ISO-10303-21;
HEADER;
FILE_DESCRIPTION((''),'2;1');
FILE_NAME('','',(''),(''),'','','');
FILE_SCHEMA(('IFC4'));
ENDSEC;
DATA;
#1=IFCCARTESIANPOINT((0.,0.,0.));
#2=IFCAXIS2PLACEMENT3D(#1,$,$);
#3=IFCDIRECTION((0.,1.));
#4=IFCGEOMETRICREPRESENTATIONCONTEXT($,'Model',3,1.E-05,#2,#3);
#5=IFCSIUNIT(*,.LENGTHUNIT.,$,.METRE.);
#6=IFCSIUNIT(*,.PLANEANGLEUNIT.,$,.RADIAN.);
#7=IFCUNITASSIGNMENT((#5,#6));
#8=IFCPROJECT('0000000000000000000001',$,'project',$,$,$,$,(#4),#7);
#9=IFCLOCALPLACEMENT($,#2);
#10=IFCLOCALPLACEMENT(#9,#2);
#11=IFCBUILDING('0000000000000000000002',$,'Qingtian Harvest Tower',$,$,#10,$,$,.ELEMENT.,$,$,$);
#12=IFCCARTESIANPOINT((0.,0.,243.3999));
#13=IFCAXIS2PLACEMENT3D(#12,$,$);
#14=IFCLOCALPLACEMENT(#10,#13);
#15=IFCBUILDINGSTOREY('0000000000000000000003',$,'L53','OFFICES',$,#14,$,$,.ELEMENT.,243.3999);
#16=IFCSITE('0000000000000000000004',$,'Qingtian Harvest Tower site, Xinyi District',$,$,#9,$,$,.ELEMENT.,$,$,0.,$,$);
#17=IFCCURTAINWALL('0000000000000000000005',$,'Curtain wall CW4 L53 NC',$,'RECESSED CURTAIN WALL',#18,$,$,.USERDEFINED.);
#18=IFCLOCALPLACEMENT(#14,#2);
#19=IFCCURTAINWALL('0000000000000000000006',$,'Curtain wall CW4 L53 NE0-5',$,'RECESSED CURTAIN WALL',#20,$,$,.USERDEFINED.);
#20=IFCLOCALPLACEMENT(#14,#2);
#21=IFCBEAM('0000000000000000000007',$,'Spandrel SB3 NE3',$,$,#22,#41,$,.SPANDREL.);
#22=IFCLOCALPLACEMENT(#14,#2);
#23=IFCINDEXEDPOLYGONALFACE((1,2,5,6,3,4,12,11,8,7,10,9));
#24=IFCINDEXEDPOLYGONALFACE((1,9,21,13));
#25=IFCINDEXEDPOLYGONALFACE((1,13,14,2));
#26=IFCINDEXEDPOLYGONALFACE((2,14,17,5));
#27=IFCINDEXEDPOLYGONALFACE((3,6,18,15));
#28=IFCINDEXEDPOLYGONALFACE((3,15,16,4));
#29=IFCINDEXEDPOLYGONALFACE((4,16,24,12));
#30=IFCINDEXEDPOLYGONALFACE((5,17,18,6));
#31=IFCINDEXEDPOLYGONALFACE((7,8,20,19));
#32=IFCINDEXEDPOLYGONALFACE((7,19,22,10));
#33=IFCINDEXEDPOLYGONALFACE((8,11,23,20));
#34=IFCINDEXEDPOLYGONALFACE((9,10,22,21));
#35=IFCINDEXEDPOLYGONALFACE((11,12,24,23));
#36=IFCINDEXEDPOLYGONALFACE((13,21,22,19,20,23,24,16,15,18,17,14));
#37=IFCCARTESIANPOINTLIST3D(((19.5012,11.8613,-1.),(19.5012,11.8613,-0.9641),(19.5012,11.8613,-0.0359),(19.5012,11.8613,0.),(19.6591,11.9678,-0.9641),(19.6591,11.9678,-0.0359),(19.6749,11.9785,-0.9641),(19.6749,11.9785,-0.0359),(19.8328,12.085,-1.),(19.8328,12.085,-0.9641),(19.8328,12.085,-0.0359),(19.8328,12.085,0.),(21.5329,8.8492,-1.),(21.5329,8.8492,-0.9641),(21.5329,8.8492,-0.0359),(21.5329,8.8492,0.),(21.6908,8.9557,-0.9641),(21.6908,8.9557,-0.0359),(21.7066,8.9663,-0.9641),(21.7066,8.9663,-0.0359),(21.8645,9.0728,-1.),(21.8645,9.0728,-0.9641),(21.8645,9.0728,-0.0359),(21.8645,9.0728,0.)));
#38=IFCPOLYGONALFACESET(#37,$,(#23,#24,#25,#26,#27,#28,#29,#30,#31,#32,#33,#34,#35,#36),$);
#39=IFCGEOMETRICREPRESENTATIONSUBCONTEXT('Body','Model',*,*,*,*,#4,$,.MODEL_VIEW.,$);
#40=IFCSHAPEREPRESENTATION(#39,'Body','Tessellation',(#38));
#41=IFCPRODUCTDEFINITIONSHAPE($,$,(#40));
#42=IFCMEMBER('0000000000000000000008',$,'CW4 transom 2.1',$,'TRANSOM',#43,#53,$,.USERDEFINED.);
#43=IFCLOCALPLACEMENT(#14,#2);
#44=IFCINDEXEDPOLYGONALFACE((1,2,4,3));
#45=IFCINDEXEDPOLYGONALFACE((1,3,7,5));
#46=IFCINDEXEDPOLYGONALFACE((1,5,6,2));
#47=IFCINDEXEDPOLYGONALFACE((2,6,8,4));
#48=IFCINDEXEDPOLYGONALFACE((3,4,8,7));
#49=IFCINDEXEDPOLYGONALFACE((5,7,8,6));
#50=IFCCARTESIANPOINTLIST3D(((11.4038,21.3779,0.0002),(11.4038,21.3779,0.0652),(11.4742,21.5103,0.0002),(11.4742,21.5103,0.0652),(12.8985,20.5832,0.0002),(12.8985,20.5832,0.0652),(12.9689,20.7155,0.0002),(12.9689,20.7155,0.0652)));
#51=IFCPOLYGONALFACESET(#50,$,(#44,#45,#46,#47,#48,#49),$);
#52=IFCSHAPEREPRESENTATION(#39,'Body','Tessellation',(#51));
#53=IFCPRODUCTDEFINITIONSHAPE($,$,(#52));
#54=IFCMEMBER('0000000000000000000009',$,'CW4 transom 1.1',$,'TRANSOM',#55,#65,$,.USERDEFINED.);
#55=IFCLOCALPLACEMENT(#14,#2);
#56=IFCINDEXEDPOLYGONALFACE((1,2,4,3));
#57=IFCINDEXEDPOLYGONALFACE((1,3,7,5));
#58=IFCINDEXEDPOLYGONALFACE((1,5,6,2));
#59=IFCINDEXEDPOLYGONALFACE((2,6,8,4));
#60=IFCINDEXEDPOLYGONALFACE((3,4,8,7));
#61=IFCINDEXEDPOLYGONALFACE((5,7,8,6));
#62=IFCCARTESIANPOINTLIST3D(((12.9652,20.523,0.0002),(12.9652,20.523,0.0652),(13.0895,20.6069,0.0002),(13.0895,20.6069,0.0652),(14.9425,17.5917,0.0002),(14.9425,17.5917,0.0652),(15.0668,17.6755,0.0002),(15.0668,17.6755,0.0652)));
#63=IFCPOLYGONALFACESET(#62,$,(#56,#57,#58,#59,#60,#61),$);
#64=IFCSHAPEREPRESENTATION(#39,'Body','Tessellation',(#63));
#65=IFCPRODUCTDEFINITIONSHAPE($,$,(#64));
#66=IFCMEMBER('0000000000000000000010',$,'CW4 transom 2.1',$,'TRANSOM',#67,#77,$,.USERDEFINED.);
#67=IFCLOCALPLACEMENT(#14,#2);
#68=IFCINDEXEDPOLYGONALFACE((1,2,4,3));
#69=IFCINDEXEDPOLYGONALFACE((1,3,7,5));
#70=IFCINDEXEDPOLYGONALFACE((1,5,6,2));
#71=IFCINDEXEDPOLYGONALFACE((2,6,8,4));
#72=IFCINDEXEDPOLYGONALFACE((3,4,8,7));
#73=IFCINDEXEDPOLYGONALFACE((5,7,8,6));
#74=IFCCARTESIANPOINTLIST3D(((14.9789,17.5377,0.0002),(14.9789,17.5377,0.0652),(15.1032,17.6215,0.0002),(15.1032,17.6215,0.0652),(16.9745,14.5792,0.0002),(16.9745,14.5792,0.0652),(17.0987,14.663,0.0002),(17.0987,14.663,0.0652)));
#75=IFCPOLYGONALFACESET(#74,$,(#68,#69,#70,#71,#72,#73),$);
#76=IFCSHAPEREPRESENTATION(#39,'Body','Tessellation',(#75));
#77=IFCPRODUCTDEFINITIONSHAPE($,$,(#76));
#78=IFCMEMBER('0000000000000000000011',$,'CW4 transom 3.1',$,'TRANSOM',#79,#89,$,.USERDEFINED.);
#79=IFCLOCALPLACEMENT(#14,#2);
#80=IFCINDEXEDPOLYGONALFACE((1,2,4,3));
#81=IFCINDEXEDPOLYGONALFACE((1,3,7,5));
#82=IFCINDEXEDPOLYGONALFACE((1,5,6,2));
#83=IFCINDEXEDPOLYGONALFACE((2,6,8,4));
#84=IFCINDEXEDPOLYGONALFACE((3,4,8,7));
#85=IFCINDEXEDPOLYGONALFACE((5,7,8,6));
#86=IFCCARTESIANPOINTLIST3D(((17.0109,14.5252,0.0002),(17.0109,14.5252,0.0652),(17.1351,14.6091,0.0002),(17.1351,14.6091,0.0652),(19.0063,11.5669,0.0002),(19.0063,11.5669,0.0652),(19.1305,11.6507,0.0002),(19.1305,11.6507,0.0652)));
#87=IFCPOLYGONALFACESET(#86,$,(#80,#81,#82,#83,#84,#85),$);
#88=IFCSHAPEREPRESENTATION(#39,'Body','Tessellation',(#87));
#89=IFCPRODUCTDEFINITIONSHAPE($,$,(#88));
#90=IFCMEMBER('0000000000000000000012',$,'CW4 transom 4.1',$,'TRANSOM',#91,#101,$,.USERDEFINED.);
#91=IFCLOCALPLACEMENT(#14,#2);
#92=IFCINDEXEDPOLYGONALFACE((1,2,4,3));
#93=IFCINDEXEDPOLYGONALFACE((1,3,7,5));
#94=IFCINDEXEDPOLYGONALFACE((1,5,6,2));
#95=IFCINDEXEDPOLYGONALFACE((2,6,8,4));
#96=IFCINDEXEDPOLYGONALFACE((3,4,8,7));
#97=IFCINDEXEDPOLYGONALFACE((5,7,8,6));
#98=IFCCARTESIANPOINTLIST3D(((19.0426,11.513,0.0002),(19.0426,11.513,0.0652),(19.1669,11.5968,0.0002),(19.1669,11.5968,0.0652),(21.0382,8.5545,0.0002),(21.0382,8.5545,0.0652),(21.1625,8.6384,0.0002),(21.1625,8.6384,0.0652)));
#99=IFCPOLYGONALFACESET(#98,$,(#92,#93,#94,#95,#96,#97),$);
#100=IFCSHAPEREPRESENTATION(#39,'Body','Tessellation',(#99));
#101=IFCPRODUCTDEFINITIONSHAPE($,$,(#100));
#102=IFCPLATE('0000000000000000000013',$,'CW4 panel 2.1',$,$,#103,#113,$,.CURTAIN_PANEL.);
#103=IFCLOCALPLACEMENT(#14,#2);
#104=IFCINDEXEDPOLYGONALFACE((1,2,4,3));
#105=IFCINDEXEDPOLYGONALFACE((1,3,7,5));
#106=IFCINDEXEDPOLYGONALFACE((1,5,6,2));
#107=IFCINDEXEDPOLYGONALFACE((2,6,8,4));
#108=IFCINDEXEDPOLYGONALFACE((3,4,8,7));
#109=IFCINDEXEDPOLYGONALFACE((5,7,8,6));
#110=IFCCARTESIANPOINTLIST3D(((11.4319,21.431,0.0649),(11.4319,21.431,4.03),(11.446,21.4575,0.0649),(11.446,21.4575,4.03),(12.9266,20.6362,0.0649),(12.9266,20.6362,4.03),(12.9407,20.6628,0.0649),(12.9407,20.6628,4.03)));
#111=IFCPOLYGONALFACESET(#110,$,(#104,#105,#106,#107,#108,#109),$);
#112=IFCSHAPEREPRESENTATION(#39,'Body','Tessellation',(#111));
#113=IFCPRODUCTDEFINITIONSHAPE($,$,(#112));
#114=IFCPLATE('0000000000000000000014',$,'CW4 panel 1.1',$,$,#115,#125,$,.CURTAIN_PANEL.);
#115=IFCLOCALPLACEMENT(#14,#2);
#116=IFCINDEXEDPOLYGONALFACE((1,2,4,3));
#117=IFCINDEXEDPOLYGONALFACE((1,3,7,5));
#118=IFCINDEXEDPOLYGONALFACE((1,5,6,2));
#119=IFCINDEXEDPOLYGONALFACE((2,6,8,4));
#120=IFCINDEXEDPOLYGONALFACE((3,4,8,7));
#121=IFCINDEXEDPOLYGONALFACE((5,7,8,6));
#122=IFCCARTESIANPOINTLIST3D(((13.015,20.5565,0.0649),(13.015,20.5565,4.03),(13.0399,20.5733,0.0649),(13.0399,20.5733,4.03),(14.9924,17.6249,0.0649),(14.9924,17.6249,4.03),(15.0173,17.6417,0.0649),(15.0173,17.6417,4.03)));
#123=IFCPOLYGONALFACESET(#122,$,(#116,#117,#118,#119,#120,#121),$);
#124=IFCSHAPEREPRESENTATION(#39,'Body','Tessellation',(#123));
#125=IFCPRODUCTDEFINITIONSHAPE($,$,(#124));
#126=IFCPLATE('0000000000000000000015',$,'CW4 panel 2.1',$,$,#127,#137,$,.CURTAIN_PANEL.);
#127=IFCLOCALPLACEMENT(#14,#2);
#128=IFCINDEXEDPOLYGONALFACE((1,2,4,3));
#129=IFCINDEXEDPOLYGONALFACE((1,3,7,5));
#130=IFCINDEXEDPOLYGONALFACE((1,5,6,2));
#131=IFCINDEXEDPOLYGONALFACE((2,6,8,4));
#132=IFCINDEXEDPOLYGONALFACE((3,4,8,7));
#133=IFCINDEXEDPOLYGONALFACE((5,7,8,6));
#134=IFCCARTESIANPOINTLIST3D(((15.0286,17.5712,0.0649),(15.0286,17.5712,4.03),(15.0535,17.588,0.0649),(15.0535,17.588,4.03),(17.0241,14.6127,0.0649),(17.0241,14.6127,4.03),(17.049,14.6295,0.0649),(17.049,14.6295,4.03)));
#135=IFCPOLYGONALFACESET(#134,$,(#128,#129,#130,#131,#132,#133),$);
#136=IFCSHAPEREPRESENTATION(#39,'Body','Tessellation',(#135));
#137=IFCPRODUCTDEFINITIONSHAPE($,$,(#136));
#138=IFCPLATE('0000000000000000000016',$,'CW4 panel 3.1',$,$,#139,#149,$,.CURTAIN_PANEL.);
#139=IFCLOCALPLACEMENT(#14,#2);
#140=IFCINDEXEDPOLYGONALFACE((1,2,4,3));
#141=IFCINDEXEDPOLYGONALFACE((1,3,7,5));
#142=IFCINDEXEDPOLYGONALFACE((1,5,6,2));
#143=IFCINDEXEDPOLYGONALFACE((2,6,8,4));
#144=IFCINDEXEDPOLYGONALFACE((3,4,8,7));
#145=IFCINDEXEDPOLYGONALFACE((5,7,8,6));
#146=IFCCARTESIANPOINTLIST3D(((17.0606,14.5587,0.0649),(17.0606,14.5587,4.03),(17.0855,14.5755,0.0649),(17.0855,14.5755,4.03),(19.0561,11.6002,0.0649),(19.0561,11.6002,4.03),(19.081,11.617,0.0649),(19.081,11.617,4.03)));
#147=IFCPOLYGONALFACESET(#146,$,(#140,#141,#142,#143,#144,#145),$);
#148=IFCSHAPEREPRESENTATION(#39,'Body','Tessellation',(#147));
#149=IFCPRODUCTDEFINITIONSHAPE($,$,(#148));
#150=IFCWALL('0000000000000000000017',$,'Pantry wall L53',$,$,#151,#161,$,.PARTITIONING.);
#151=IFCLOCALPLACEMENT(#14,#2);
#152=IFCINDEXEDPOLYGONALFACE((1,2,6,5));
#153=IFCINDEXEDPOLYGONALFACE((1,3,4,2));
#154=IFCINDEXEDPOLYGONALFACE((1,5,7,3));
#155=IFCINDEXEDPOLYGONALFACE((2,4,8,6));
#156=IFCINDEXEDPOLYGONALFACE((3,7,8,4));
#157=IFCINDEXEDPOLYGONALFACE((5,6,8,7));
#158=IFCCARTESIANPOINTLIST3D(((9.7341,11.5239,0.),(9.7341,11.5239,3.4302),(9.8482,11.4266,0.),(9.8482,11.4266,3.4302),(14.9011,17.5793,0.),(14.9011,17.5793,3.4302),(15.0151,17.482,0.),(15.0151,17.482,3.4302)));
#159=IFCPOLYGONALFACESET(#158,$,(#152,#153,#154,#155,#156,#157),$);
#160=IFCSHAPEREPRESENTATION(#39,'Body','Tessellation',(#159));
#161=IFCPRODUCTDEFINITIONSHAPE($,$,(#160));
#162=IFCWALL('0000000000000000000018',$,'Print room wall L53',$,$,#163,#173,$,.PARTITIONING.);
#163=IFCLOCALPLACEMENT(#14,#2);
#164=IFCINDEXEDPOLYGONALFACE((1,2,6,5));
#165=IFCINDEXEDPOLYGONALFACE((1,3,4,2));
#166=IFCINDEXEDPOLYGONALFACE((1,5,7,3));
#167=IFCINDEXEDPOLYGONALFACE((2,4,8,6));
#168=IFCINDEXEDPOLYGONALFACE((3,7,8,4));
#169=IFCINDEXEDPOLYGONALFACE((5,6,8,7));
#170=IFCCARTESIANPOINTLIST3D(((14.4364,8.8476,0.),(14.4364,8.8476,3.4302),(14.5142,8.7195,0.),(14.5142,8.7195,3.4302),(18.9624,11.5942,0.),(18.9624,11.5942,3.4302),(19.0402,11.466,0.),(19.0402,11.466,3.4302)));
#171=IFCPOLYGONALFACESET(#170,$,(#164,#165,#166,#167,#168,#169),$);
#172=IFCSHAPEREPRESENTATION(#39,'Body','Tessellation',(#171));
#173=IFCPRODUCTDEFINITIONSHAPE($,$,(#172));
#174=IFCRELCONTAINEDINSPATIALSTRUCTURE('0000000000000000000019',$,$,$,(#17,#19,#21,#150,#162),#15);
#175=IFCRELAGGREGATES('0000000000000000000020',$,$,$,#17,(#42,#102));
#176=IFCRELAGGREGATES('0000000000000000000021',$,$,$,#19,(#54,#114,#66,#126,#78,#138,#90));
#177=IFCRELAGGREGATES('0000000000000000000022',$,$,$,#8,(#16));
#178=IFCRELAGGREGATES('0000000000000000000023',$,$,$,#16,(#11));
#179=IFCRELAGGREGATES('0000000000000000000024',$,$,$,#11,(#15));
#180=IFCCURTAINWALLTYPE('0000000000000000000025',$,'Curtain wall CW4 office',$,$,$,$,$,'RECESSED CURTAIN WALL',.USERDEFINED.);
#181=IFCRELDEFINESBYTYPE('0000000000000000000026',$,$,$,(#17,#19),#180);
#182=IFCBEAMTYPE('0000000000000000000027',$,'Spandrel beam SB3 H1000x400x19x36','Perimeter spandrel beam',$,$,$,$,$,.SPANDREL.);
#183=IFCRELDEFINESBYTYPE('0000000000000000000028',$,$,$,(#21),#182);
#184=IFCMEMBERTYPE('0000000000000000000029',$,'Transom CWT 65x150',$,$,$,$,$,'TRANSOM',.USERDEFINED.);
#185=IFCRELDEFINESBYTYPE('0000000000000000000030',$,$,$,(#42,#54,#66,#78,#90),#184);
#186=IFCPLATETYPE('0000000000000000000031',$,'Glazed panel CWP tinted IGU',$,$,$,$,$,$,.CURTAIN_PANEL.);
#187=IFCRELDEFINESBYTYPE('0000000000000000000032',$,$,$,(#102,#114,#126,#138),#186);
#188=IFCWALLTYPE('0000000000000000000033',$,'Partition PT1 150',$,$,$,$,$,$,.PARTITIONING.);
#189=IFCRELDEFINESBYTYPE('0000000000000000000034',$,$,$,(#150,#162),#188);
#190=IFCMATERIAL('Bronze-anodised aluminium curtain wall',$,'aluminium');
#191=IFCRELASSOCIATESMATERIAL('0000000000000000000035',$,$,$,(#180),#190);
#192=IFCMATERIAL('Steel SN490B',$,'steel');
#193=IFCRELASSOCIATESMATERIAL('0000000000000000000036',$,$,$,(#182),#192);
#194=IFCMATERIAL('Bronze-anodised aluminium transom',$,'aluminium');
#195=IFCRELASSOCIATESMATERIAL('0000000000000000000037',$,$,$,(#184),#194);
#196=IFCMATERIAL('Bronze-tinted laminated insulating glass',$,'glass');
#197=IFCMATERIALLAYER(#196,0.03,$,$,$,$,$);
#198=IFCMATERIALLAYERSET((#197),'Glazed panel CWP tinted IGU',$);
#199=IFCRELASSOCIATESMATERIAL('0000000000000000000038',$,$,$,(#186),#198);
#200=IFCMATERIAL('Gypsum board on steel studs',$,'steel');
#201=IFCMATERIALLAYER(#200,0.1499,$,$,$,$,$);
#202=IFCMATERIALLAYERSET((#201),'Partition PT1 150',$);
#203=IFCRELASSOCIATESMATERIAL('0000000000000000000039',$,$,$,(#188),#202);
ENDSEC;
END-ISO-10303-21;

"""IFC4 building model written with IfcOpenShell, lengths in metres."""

from ifc_helpers import new_model, si_unit, direction, frame, frame_2d, origin, origin_2d, place, context, subcontext, project, spatial, rectangle, i_section, extrude, material, layer, layer_set, material_profile, profile_set, type_object, element, aggregate, save


model = new_model("IFC4")

# Units and contexts
model_context = context("Model", 3, precision=1e-05, world=origin(), true_north=direction((0.0, 1.0)))
body_context = subcontext(model_context, "Body", "Model", "MODEL_VIEW")
ifc_project = project(units=[si_unit("LENGTHUNIT", "METRE"), si_unit("PLANEANGLEUNIT", "RADIAN")], contexts=[model_context])

# Site, building, storey
site_placement = place(None, origin())
site = spatial("IfcSite", under=ifc_project, at=site_placement, Name="Qingtian Harvest Tower site, Xinyi District", CompositionType="ELEMENT", RefElevation=0.0)
building_placement = place(site_placement, origin())
building = spatial("IfcBuilding", under=site, at=building_placement, Name="Qingtian Harvest Tower", CompositionType="ELEMENT")
storey_placement = place(building_placement, frame((0.0, 0.0, 243.3999)))
storey = spatial("IfcBuildingStorey", under=building, at=storey_placement, Name="L53", Description="OFFICES", CompositionType="ELEMENT", Elevation=243.3999)

# Curtain wall
ifc_material_1 = material(Name="Bronze-anodised aluminium curtain wall", Category="aluminium")
curtain_wall_type = type_object("IfcCurtainWallType", Name="Curtain wall CW4 office", ElementType="RECESSED CURTAIN WALL", PredefinedType="USERDEFINED", material=ifc_material_1)
curtain_wall_1_placement = place(storey_placement, origin())
curtain_wall_1 = element("IfcCurtainWall", 1, at=curtain_wall_1_placement, inside=storey, type_object=curtain_wall_type, Name="Curtain wall CW4 L53 NC", ObjectType="RECESSED CURTAIN WALL", PredefinedType="USERDEFINED")

# Curtain wall
curtain_wall_2_placement = place(storey_placement, origin())
curtain_wall_2 = element("IfcCurtainWall", 2, at=curtain_wall_2_placement, inside=storey, type_object=curtain_wall_type, Name="Curtain wall CW4 L53 NE0-5", ObjectType="RECESSED CURTAIN WALL", PredefinedType="USERDEFINED")

# Beam
ifc_material_2 = material(Name="Steel SN490B", Category="steel")
ifc_material_profile_1 = material_profile(ifc_material_2, i_section(OverallWidth=0.3999, OverallDepth=1.0, WebThickness=0.019, FlangeThickness=0.0359, at=origin_2d()), Name="H1000x400x19x36")
ifc_profile_set_1 = profile_set([ifc_material_profile_1], Name="Steel SN490B")
beam_type_1 = type_object("IfcBeamType", Name="Spandrel beam SB3 H1000x400x19x36", Description="Perimeter spandrel beam", PredefinedType="SPANDREL", material=ifc_profile_set_1)
beam_1_placement = place(storey_placement, frame((19.667, 11.9731, -0.5), z_axis=(0.559189, -0.82904, 0.0), x_axis=(0.82904, 0.559189, 0.0)))
element("IfcBeam", 3, at=beam_1_placement, inside=storey, type_object=beam_type_1, Name="Spandrel SB3 NE3", PredefinedType="SPANDREL", context=body_context, shape_type="SweptSolid", body=[
    extrude(i_section(OverallWidth=0.3999, OverallDepth=1.0, WebThickness=0.019, FlangeThickness=0.0359, at=origin_2d()), origin(), (0.0, 0.0, 1.0), 3.6333),
])

# Members
ifc_material_3 = material(Name="Bronze-anodised aluminium transom", Category="aluminium")
ifc_material_profile_2 = material_profile(ifc_material_3, rectangle(XDim=0.1499, YDim=0.0649, at=origin_2d()), Name="AL 65x150")
ifc_profile_set_2 = profile_set([ifc_material_profile_2], Name="Bronze-anodised aluminium transom")
member_type_1 = type_object("IfcMemberType", Name="Transom CWT 65x150", ElementType="TRANSOM", PredefinedType="USERDEFINED", material=ifc_profile_set_2)
member_1_placement = place(storey_placement, frame((11.439, 21.4441, 0.0327), z_axis=(0.882955, -0.469457, 0.0), x_axis=(0.469457, 0.882955, 0.0)))
member_1 = element("IfcMember", 4, at=member_1_placement, type_object=member_type_1, Name="CW4 transom 2.1", ObjectType="TRANSOM", PredefinedType="USERDEFINED", context=body_context, shape_type="SweptSolid", body=[
    extrude(rectangle(XDim=0.1499, YDim=0.0649, at=origin_2d()), origin(), (0.0, 0.0, 1.0), 1.6929),
])
member_2_placement = place(storey_placement, frame((13.0273, 20.5649, 0.0327), z_axis=(0.559201, -0.829032, 0.0), x_axis=(0.829032, 0.559201, 0.0)))
member_2 = element("IfcMember", 5, at=member_2_placement, type_object=member_type_1, Name="CW4 transom 1.1", ObjectType="TRANSOM", PredefinedType="USERDEFINED", context=body_context, shape_type="SweptSolid", body=[
    extrude(rectangle(XDim=0.1499, YDim=0.0649, at=origin_2d()), origin(), (0.0, 0.0, 1.0), 3.5359),
])
member_3_placement = place(storey_placement, frame((15.041, 17.5796, 0.0327), z_axis=(0.559207, -0.829028, 0.0), x_axis=(0.829028, 0.559207, 0.0)))
member_3 = element("IfcMember", 6, at=member_3_placement, type_object=member_type_1, Name="CW4 transom 2.1", ObjectType="TRANSOM", PredefinedType="USERDEFINED", context=body_context, shape_type="SweptSolid", body=[
    extrude(rectangle(XDim=0.1499, YDim=0.0649, at=origin_2d()), origin(), (0.0, 0.0, 1.0), 3.5686),
])
member_4_placement = place(storey_placement, frame((17.073, 14.5671, 0.0327), z_axis=(0.559192, -0.829038, 0.0), x_axis=(0.829038, 0.559192, 0.0)))
member_4 = element("IfcMember", 7, at=member_4_placement, type_object=member_type_1, Name="CW4 transom 3.1", ObjectType="TRANSOM", PredefinedType="USERDEFINED", context=body_context, shape_type="SweptSolid", body=[
    extrude(rectangle(XDim=0.1499, YDim=0.0649, at=origin_2d()), origin(), (0.0, 0.0, 1.0), 3.5684),
])
member_5_placement = place(storey_placement, frame((19.1047, 11.5549, 0.0327), z_axis=(0.559207, -0.829028, 0.0), x_axis=(0.829028, 0.559207, 0.0)))
member_5 = element("IfcMember", 8, at=member_5_placement, type_object=member_type_1, Name="CW4 transom 4.1", ObjectType="TRANSOM", PredefinedType="USERDEFINED", context=body_context, shape_type="SweptSolid", body=[
    extrude(rectangle(XDim=0.1499, YDim=0.0649, at=origin_2d()), origin(), (0.0, 0.0, 1.0), 3.5686),
])

# Plates
ifc_material_4 = material(Name="Bronze-tinted laminated insulating glass", Category="glass")
ifc_layer_1 = layer(ifc_material_4, 0.03)
ifc_layer_set_1 = layer_set([ifc_layer_1], Name="Glazed panel CWP tinted IGU")
plate_type = type_object("IfcPlateType", Name="Glazed panel CWP tinted IGU", PredefinedType="CURTAIN_PANEL", material=ifc_layer_set_1)
plate_1_placement = place(storey_placement, frame((12.1863, 21.0469, 0.0649), z_axis=(0.0, 0.0, 1.0), x_axis=(0.882948, -0.469472, 0.0)))
plate_1 = element("IfcPlate", 9, at=plate_1_placement, type_object=plate_type, Name="CW4 panel 2.1", PredefinedType="CURTAIN_PANEL", context=body_context, shape_type="SweptSolid", body=[
    extrude(rectangle(XDim=1.6929, YDim=0.03, at=origin_2d()), origin(), (0.0, 0.0, 1.0), 3.9651),
])
aggregate(curtain_wall_1, [member_1, plate_1])
plate_2_placement = place(storey_placement, frame((14.0161, 19.0991, 0.0649), z_axis=(0.0, 0.0, 1.0), x_axis=(0.559193, -0.829038, 0.0)))
plate_2 = element("IfcPlate", 10, at=plate_2_placement, type_object=plate_type, Name="CW4 panel 1.1", PredefinedType="CURTAIN_PANEL", context=body_context, shape_type="SweptSolid", body=[
    extrude(rectangle(XDim=3.5361, YDim=0.03, at=origin_2d()), origin(), (0.0, 0.0, 1.0), 3.9651),
])
plate_3_placement = place(storey_placement, frame((16.0388, 16.1003, 0.0649), z_axis=(0.0, 0.0, 1.0), x_axis=(0.559193, -0.829038, 0.0)))
plate_3 = element("IfcPlate", 11, at=plate_3_placement, type_object=plate_type, Name="CW4 panel 2.1", PredefinedType="CURTAIN_PANEL", context=body_context, shape_type="SweptSolid", body=[
    extrude(rectangle(XDim=3.5686, YDim=0.03, at=origin_2d()), origin(), (0.0, 0.0, 1.0), 3.9651),
])
plate_4_placement = place(storey_placement, frame((18.0708, 13.0879, 0.0649), z_axis=(0.0, 0.0, 1.0), x_axis=(0.559193, -0.829038, 0.0)))
plate_4 = element("IfcPlate", 12, at=plate_4_placement, type_object=plate_type, Name="CW4 panel 3.1", PredefinedType="CURTAIN_PANEL", context=body_context, shape_type="SweptSolid", body=[
    extrude(rectangle(XDim=3.5686, YDim=0.03, at=origin_2d()), origin(), (0.0, 0.0, 1.0), 3.9651),
])
aggregate(curtain_wall_2, [member_2, plate_2, member_3, plate_3, member_4, plate_4, member_5])

# Walls
ifc_material_5 = material(Name="Gypsum board on steel studs", Category="steel")
ifc_layer_2 = layer(ifc_material_5, 0.1499)
ifc_layer_set_2 = layer_set([ifc_layer_2], Name="Partition PT1 150")
wall_type = type_object("IfcWallType", Name="Partition PT1 150", PredefinedType="PARTITIONING", material=ifc_layer_set_2)
wall_1_placement = place(storey_placement, frame((14.958, 17.5305, 0.0), z_axis=(0.0, 0.0, 1.0), x_axis=(-0.649098, -0.760705, 0.0)))
element("IfcWall", 13, at=wall_1_placement, inside=storey, type_object=wall_type, Name="Pantry wall L53", PredefinedType="PARTITIONING", context=body_context, shape_type="SweptSolid", body=[
    extrude(rectangle(XDim=7.9602, YDim=0.1499, at=frame_2d((3.98, 0.0))), origin(), (0.0, 0.0, 1.0), 3.4302),
])
wall_2_placement = place(storey_placement, frame((19.0012, 11.53, 0.0), z_axis=(0.0, 0.0, 1.0), x_axis=(-0.854907, -0.518782, 0.0)))
element("IfcWall", 14, at=wall_2_placement, inside=storey, type_object=wall_type, Name="Print room wall L53", PredefinedType="PARTITIONING", context=body_context, shape_type="SweptSolid", body=[
    extrude(rectangle(XDim=5.2942, YDim=0.1499, at=frame_2d((2.647, 0.0))), origin(), (0.0, 0.0, 1.0), 3.4302),
])

save(model, "model.ifc")
